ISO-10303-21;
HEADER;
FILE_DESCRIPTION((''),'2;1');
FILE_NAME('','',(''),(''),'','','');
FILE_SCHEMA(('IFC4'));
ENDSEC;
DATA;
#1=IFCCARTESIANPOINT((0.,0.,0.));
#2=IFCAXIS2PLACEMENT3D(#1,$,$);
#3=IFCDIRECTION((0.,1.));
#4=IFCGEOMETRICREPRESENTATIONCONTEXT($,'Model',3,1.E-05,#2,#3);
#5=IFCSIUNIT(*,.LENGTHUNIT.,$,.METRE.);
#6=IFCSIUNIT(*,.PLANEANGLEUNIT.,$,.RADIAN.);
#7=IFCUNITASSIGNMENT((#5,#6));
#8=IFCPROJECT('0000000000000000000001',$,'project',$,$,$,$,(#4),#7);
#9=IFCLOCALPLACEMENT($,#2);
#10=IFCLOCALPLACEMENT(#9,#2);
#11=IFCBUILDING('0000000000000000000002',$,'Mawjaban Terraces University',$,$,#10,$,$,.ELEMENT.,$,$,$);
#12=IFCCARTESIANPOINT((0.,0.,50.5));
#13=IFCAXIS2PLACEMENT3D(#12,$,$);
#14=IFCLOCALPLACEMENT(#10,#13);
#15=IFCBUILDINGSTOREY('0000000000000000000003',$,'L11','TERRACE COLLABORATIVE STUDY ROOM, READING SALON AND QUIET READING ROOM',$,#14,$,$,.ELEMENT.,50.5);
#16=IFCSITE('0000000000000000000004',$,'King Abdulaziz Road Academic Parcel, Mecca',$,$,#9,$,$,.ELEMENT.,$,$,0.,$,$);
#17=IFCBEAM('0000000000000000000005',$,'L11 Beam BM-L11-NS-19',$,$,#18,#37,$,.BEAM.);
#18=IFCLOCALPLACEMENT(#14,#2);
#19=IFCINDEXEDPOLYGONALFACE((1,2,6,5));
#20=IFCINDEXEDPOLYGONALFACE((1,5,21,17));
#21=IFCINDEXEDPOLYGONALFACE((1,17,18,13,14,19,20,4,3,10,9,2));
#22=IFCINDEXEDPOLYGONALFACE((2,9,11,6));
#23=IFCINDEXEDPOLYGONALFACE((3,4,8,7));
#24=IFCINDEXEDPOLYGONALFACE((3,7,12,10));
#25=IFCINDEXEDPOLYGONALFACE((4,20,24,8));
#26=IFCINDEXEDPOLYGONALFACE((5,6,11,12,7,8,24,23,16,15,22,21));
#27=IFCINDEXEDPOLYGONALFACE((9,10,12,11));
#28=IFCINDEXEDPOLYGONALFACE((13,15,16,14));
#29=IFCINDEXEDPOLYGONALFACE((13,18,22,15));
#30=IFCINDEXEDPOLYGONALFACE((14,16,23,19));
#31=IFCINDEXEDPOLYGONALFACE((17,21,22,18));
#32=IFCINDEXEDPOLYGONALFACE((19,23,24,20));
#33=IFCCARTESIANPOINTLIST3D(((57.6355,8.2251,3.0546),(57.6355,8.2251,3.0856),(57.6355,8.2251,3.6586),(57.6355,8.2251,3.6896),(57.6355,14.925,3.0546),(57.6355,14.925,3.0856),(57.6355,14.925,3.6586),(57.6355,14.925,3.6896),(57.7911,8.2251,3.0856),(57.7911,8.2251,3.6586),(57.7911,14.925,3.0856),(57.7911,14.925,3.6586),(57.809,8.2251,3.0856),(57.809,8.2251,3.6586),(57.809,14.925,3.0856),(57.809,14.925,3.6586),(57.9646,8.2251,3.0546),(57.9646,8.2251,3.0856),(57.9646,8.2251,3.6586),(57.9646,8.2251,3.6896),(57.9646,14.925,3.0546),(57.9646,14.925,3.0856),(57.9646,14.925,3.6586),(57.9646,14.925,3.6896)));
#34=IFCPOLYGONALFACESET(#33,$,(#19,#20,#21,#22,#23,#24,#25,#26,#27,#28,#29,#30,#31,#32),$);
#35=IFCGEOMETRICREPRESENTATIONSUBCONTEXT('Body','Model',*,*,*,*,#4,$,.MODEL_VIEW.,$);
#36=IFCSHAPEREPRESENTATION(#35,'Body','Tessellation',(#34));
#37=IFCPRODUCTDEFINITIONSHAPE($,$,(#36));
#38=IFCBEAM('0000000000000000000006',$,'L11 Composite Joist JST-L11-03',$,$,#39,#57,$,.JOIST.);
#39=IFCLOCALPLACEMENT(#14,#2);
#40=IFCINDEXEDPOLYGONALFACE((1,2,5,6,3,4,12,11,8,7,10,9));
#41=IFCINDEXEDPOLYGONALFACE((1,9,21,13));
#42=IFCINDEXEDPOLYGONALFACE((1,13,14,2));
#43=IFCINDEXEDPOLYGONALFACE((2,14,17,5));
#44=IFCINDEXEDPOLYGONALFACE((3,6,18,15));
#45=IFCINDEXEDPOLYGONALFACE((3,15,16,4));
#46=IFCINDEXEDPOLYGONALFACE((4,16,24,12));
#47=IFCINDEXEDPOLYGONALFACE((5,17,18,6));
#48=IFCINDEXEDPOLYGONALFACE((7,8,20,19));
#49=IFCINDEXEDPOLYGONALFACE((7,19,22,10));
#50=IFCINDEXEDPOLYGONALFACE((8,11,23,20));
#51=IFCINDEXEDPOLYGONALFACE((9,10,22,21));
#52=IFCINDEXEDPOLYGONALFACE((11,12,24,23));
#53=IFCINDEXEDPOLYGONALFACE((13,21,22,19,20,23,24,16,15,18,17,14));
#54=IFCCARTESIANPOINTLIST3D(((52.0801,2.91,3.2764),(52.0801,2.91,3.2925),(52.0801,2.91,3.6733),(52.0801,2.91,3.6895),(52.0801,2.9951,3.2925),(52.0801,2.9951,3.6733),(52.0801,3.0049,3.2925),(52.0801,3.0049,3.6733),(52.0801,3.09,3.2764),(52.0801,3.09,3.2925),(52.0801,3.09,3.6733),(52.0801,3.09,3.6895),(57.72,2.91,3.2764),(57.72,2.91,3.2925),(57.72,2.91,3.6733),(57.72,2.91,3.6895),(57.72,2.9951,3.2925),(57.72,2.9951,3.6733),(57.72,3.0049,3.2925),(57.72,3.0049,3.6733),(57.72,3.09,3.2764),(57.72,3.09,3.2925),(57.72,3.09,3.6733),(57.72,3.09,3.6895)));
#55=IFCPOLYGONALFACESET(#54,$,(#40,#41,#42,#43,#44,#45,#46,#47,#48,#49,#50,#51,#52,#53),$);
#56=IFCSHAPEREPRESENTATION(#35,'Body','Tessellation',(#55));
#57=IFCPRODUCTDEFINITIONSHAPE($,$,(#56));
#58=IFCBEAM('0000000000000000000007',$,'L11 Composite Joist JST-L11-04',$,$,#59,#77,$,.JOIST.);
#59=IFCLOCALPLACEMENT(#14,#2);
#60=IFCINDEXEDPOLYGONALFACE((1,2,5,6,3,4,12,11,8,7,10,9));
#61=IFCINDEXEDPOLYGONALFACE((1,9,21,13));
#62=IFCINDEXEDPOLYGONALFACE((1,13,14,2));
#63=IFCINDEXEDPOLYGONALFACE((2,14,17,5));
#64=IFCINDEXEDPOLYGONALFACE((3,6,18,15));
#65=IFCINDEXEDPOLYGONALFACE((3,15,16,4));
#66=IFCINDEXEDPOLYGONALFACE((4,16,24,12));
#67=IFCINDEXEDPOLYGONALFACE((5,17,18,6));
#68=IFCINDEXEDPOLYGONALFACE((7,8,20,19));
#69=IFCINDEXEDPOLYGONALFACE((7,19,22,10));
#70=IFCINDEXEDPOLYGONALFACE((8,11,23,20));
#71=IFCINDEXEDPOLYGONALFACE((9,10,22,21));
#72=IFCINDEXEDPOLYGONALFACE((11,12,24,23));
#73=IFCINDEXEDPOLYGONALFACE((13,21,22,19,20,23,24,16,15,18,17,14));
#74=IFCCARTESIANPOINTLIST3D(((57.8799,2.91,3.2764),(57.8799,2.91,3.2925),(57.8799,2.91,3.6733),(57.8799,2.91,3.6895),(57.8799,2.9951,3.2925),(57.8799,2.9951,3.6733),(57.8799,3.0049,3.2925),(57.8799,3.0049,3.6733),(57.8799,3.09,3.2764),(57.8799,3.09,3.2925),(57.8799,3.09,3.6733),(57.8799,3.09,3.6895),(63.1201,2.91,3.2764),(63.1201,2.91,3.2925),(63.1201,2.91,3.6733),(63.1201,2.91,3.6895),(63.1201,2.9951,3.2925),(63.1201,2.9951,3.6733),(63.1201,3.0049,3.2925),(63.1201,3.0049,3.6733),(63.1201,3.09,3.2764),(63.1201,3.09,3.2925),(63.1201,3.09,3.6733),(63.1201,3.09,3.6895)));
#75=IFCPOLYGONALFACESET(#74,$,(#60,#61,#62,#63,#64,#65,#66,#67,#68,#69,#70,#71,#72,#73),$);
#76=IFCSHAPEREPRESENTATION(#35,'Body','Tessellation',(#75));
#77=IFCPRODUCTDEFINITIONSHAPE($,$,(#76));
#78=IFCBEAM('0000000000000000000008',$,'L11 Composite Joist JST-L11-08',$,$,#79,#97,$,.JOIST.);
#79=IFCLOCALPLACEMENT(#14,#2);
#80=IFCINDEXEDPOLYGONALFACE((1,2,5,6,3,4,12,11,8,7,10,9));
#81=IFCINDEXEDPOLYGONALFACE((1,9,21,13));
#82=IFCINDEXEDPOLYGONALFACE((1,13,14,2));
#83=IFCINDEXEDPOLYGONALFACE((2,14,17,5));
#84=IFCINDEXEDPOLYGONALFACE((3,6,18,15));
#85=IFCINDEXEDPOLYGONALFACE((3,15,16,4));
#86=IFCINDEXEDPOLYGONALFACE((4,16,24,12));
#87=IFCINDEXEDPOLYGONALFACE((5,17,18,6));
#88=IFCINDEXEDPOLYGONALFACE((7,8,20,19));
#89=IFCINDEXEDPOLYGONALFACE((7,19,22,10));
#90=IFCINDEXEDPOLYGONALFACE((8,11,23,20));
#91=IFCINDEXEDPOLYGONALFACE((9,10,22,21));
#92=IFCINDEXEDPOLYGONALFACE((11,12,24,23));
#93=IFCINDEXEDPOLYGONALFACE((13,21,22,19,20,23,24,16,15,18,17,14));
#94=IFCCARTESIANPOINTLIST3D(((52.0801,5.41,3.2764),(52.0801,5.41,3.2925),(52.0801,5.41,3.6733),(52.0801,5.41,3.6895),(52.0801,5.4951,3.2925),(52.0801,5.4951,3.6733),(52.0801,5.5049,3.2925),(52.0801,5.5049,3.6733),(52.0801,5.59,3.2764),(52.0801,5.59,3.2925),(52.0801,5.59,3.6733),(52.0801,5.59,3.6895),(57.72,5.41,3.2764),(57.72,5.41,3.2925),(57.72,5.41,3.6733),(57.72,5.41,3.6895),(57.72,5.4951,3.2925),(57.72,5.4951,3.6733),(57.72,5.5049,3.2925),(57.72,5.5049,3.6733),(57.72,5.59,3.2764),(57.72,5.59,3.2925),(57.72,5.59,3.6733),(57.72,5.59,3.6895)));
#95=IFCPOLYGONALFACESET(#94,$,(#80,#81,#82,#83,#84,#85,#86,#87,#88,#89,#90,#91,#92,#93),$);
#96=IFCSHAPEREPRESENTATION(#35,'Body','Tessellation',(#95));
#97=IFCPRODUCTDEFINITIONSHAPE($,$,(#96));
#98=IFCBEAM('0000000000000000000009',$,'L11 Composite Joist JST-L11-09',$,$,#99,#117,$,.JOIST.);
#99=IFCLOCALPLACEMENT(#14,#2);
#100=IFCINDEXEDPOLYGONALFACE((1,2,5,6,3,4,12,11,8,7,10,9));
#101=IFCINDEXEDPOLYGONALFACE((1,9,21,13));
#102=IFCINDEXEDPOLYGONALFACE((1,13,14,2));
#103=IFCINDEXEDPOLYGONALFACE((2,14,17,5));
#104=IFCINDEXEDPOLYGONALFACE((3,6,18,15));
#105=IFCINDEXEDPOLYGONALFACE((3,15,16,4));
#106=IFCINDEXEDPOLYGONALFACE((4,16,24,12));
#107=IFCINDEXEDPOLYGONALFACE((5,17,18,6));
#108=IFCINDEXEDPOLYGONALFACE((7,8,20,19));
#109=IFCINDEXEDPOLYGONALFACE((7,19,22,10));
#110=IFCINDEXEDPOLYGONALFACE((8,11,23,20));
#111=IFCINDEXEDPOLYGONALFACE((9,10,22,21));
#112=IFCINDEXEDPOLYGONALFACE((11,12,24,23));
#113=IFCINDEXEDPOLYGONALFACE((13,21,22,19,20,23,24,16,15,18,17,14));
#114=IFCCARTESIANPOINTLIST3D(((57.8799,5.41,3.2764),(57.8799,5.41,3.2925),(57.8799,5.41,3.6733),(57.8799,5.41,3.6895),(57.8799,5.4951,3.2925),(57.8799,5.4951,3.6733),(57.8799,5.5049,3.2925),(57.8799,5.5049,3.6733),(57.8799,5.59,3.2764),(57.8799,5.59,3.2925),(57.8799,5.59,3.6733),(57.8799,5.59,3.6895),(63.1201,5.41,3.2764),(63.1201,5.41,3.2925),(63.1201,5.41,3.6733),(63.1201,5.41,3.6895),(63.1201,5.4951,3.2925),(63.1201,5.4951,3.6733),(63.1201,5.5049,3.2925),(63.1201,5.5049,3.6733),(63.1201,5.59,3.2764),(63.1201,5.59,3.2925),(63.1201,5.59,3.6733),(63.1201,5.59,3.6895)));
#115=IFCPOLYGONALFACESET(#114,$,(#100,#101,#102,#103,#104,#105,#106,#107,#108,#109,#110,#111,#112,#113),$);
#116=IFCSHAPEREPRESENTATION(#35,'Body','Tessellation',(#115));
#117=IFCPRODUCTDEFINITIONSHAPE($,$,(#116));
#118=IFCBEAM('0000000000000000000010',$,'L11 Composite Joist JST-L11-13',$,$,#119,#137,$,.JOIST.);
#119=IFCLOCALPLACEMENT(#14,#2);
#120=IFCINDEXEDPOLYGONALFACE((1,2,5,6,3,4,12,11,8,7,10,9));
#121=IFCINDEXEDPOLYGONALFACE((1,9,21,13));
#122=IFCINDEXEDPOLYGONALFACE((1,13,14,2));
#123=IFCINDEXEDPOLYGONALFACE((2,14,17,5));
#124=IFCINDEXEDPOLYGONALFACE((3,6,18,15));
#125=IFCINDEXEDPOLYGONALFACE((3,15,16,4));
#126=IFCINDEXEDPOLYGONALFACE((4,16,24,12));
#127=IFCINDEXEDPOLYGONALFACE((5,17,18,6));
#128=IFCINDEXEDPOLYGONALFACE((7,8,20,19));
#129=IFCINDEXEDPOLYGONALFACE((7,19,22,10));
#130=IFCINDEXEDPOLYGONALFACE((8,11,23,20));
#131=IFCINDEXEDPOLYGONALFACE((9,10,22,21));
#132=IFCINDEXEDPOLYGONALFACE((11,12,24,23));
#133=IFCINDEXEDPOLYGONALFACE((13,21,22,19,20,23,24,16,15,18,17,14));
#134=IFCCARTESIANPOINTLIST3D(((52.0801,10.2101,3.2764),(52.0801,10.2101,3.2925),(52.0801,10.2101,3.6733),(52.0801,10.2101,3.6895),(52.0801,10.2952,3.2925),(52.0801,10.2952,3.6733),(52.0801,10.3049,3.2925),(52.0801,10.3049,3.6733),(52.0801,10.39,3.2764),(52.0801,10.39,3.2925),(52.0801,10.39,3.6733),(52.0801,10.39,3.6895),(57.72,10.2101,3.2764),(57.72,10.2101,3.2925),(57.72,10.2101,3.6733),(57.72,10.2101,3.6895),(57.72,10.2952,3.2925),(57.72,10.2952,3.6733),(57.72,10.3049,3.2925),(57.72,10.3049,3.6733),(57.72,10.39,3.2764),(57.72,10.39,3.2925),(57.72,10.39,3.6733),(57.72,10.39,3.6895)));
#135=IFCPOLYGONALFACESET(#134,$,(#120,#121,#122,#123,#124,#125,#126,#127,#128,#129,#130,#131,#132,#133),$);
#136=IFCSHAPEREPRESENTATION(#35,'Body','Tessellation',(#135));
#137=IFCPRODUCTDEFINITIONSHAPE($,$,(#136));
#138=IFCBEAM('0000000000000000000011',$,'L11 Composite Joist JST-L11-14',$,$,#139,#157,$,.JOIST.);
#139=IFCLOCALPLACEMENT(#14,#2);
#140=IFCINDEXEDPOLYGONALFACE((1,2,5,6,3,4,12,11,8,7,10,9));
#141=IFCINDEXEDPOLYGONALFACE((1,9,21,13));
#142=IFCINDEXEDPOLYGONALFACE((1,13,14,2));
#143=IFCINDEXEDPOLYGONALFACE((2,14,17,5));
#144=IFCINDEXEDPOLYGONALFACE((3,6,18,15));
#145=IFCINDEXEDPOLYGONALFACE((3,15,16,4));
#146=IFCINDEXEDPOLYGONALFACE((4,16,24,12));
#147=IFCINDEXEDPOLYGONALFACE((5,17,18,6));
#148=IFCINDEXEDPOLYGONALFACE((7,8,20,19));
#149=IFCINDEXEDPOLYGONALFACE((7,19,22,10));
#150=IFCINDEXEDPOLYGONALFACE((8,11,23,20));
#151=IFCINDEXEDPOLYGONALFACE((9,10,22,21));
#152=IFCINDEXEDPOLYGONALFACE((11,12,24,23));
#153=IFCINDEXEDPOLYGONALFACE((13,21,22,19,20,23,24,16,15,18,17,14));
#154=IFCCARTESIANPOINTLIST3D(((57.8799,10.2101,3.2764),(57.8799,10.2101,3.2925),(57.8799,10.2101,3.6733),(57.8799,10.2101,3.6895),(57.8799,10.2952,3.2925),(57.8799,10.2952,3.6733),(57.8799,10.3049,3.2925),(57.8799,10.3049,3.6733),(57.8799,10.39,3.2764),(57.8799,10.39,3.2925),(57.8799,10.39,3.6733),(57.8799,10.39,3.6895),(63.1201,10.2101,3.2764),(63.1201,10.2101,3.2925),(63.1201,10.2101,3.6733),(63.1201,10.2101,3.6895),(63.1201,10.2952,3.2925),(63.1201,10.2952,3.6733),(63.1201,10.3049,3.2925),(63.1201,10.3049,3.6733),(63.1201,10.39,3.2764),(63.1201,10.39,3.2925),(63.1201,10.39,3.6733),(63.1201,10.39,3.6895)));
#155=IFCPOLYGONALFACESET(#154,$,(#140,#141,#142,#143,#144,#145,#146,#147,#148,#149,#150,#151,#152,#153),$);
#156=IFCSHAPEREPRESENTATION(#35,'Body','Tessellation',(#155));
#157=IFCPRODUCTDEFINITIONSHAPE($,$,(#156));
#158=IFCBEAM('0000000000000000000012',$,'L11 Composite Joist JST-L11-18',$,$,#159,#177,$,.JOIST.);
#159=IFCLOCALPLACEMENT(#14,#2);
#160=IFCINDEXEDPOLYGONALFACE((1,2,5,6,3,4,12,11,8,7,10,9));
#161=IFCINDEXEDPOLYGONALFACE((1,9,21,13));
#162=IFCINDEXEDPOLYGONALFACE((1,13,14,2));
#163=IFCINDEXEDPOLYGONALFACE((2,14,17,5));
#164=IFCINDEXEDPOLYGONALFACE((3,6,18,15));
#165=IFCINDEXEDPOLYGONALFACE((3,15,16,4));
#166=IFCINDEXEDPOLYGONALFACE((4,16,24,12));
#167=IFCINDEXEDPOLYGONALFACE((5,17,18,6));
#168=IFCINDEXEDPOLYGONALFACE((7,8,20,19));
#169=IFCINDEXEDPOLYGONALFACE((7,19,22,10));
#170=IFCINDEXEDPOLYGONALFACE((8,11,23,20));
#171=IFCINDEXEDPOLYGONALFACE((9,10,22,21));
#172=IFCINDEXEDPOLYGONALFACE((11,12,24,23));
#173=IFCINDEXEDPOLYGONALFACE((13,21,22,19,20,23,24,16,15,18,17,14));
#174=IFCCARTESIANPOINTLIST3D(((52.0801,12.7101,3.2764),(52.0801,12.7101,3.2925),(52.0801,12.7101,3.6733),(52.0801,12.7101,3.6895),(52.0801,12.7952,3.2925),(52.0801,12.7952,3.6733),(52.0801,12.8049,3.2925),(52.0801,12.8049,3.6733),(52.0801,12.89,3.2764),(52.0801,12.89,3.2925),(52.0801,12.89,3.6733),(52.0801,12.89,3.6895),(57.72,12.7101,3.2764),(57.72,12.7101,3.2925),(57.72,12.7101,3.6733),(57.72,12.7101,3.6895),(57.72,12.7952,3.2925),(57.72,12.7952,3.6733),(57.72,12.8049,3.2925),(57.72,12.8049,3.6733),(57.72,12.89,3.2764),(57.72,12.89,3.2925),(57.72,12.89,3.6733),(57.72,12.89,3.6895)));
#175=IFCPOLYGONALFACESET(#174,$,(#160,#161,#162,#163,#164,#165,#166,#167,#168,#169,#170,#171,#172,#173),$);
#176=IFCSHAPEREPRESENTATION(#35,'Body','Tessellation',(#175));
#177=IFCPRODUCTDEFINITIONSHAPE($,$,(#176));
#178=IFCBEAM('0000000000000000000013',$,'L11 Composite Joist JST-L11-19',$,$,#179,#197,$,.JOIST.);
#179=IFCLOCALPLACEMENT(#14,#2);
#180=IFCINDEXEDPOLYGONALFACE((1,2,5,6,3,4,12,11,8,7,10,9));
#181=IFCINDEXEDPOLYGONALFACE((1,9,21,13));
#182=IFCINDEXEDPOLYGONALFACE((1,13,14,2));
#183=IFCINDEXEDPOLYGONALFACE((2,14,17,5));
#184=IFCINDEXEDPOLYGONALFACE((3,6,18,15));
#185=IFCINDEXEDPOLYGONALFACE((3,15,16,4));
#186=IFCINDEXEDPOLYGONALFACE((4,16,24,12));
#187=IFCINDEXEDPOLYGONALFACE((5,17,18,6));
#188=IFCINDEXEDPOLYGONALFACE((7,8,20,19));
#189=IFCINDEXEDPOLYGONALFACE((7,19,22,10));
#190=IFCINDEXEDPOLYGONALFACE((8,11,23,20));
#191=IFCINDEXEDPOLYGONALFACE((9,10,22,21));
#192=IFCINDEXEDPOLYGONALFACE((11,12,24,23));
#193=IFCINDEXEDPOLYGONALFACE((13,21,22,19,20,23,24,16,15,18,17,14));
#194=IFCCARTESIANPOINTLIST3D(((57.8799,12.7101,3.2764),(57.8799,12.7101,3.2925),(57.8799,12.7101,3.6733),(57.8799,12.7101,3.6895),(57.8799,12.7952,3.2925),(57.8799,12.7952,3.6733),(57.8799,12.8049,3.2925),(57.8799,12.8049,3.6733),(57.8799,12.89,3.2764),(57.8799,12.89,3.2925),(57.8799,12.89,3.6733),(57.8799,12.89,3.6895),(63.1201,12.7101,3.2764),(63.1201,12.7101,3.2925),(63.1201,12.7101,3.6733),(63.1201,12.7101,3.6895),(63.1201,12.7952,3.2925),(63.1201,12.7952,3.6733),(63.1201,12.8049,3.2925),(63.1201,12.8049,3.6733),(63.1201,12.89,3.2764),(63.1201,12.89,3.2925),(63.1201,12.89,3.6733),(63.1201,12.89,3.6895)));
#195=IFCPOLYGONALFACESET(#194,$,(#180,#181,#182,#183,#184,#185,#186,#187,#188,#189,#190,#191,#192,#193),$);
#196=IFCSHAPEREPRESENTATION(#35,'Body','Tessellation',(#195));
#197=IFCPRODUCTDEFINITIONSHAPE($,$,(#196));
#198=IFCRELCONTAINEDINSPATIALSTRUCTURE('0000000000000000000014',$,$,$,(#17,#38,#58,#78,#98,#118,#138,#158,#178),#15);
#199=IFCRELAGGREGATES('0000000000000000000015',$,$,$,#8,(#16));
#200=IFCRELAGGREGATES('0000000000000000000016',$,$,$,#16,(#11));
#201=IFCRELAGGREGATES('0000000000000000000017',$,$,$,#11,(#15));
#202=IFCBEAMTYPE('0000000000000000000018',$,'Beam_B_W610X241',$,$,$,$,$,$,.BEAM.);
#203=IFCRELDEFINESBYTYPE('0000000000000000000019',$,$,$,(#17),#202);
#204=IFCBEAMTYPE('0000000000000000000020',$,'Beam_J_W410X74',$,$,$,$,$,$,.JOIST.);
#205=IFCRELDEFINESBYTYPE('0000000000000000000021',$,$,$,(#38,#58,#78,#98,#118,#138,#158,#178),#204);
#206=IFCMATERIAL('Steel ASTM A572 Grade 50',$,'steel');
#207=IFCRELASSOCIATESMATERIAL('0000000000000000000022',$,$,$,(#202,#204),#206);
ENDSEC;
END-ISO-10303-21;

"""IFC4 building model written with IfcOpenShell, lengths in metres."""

from ifc_helpers import new_model, si_unit, direction, frame, origin, origin_2d, place, context, subcontext, project, spatial, i_section, extrude, material, material_profile, profile_set, type_object, element, save


model = new_model("IFC4")

# Units and contexts
model_context = context("Model", 3, precision=1e-05, world=origin(), true_north=direction((0.0, 1.0)))
body_context = subcontext(model_context, "Body", "Model", "MODEL_VIEW")
ifc_project = project(units=[si_unit("LENGTHUNIT", "METRE"), si_unit("PLANEANGLEUNIT", "RADIAN")], contexts=[model_context])

# Site, building, storey
site_placement = place(None, origin())
site = spatial("IfcSite", under=ifc_project, at=site_placement, Name="King Abdulaziz Road Academic Parcel, Mecca", CompositionType="ELEMENT", RefElevation=0.0)
building_placement = place(site_placement, origin())
building = spatial("IfcBuilding", under=site, at=building_placement, Name="Mawjaban Terraces University", CompositionType="ELEMENT")
storey_placement = place(building_placement, frame((0.0, 0.0, 50.5)))
storey = spatial("IfcBuildingStorey", under=building, at=storey_placement, Name="L11", Description="TERRACE COLLABORATIVE STUDY ROOM, READING SALON AND QUIET READING ROOM", CompositionType="ELEMENT", Elevation=50.5)

# Beams
ifc_material_1 = material(Name="Steel ASTM A572 Grade 50", Category="steel")
ifc_material_profile_1 = material_profile(ifc_material_1, i_section(OverallWidth=0.3291, OverallDepth=0.635, WebThickness=0.0178, FlangeThickness=0.031, at=origin_2d()), Name="W610X241")
ifc_profile_set_1 = profile_set([ifc_material_profile_1], Name="Steel ASTM A572 Grade 50")
beam_type_1 = type_object("IfcBeamType", Name="Beam_B_W610X241", PredefinedType="BEAM", material=ifc_profile_set_1)
beam_1_placement = place(storey_placement, frame((57.8, 8.2251, 3.3721), z_axis=(0.0, 1.0, 0.0), x_axis=(-1.0, 0.0, 0.0)))
element("IfcBeam", 1, at=beam_1_placement, inside=storey, type_object=beam_type_1, Name="L11 Beam BM-L11-NS-19", PredefinedType="BEAM", context=body_context, shape_type="SweptSolid", body=[
    extrude(i_section(OverallWidth=0.3291, OverallDepth=0.635, WebThickness=0.0178, FlangeThickness=0.031, at=origin_2d()), origin(), (0.0, 0.0, 1.0), 6.7),
])
ifc_material_profile_2 = material_profile(ifc_material_1, i_section(OverallWidth=0.1799, OverallDepth=0.4131, WebThickness=0.0098, FlangeThickness=0.0161, at=origin_2d()), Name="W410X74")
ifc_profile_set_2 = profile_set([ifc_material_profile_2], Name="Steel ASTM A572 Grade 50")
beam_type_2 = type_object("IfcBeamType", Name="Beam_J_W410X74", PredefinedType="JOIST", material=ifc_profile_set_2)
beam_2_placement = place(storey_placement, frame((52.0801, 3.0, 3.4829), z_axis=(1.0, 0.0, 0.0), x_axis=(0.0, 1.0, 0.0)))
element("IfcBeam", 2, at=beam_2_placement, inside=storey, type_object=beam_type_2, Name="L11 Composite Joist JST-L11-03", PredefinedType="JOIST", context=body_context, shape_type="SweptSolid", body=[
    extrude(i_section(OverallWidth=0.1799, OverallDepth=0.4131, WebThickness=0.0098, FlangeThickness=0.0161, at=origin_2d()), origin(), (0.0, 0.0, 1.0), 5.6399),
])
beam_3_placement = place(storey_placement, frame((57.8799, 3.0, 3.4829), z_axis=(1.0, 0.0, 0.0), x_axis=(0.0, 1.0, 0.0)))
element("IfcBeam", 3, at=beam_3_placement, inside=storey, type_object=beam_type_2, Name="L11 Composite Joist JST-L11-04", PredefinedType="JOIST", context=body_context, shape_type="SweptSolid", body=[
    extrude(i_section(OverallWidth=0.1799, OverallDepth=0.4131, WebThickness=0.0098, FlangeThickness=0.0161, at=origin_2d()), origin(), (0.0, 0.0, 1.0), 5.2402),
])
beam_4_placement = place(storey_placement, frame((52.0801, 5.5, 3.4829), z_axis=(1.0, 0.0, 0.0), x_axis=(0.0, 1.0, 0.0)))
element("IfcBeam", 4, at=beam_4_placement, inside=storey, type_object=beam_type_2, Name="L11 Composite Joist JST-L11-08", PredefinedType="JOIST", context=body_context, shape_type="SweptSolid", body=[
    extrude(i_section(OverallWidth=0.1799, OverallDepth=0.4131, WebThickness=0.0098, FlangeThickness=0.0161, at=origin_2d()), origin(), (0.0, 0.0, 1.0), 5.6399),
])
beam_5_placement = place(storey_placement, frame((57.8799, 5.5, 3.4829), z_axis=(1.0, 0.0, 0.0), x_axis=(0.0, 1.0, 0.0)))
element("IfcBeam", 5, at=beam_5_placement, inside=storey, type_object=beam_type_2, Name="L11 Composite Joist JST-L11-09", PredefinedType="JOIST", context=body_context, shape_type="SweptSolid", body=[
    extrude(i_section(OverallWidth=0.1799, OverallDepth=0.4131, WebThickness=0.0098, FlangeThickness=0.0161, at=origin_2d()), origin(), (0.0, 0.0, 1.0), 5.2402),
])
beam_6_placement = place(storey_placement, frame((52.0801, 10.3, 3.4829), z_axis=(1.0, 0.0, 0.0), x_axis=(0.0, 1.0, 0.0)))
element("IfcBeam", 6, at=beam_6_placement, inside=storey, type_object=beam_type_2, Name="L11 Composite Joist JST-L11-13", PredefinedType="JOIST", context=body_context, shape_type="SweptSolid", body=[
    extrude(i_section(OverallWidth=0.1799, OverallDepth=0.4131, WebThickness=0.0098, FlangeThickness=0.0161, at=origin_2d()), origin(), (0.0, 0.0, 1.0), 5.6399),
])
beam_7_placement = place(storey_placement, frame((57.8799, 10.3, 3.4829), z_axis=(1.0, 0.0, 0.0), x_axis=(0.0, 1.0, 0.0)))
element("IfcBeam", 7, at=beam_7_placement, inside=storey, type_object=beam_type_2, Name="L11 Composite Joist JST-L11-14", PredefinedType="JOIST", context=body_context, shape_type="SweptSolid", body=[
    extrude(i_section(OverallWidth=0.1799, OverallDepth=0.4131, WebThickness=0.0098, FlangeThickness=0.0161, at=origin_2d()), origin(), (0.0, 0.0, 1.0), 5.2402),
])
beam_8_placement = place(storey_placement, frame((52.0801, 12.8, 3.4829), z_axis=(1.0, 0.0, 0.0), x_axis=(0.0, 1.0, 0.0)))
element("IfcBeam", 8, at=beam_8_placement, inside=storey, type_object=beam_type_2, Name="L11 Composite Joist JST-L11-18", PredefinedType="JOIST", context=body_context, shape_type="SweptSolid", body=[
    extrude(i_section(OverallWidth=0.1799, OverallDepth=0.4131, WebThickness=0.0098, FlangeThickness=0.0161, at=origin_2d()), origin(), (0.0, 0.0, 1.0), 5.6399),
])
beam_9_placement = place(storey_placement, frame((57.8799, 12.8, 3.4829), z_axis=(1.0, 0.0, 0.0), x_axis=(0.0, 1.0, 0.0)))
element("IfcBeam", 9, at=beam_9_placement, inside=storey, type_object=beam_type_2, Name="L11 Composite Joist JST-L11-19", PredefinedType="JOIST", context=body_context, shape_type="SweptSolid", body=[
    extrude(i_section(OverallWidth=0.1799, OverallDepth=0.4131, WebThickness=0.0098, FlangeThickness=0.0161, at=origin_2d()), origin(), (0.0, 0.0, 1.0), 5.2402),
])

save(model, "model.ifc")
